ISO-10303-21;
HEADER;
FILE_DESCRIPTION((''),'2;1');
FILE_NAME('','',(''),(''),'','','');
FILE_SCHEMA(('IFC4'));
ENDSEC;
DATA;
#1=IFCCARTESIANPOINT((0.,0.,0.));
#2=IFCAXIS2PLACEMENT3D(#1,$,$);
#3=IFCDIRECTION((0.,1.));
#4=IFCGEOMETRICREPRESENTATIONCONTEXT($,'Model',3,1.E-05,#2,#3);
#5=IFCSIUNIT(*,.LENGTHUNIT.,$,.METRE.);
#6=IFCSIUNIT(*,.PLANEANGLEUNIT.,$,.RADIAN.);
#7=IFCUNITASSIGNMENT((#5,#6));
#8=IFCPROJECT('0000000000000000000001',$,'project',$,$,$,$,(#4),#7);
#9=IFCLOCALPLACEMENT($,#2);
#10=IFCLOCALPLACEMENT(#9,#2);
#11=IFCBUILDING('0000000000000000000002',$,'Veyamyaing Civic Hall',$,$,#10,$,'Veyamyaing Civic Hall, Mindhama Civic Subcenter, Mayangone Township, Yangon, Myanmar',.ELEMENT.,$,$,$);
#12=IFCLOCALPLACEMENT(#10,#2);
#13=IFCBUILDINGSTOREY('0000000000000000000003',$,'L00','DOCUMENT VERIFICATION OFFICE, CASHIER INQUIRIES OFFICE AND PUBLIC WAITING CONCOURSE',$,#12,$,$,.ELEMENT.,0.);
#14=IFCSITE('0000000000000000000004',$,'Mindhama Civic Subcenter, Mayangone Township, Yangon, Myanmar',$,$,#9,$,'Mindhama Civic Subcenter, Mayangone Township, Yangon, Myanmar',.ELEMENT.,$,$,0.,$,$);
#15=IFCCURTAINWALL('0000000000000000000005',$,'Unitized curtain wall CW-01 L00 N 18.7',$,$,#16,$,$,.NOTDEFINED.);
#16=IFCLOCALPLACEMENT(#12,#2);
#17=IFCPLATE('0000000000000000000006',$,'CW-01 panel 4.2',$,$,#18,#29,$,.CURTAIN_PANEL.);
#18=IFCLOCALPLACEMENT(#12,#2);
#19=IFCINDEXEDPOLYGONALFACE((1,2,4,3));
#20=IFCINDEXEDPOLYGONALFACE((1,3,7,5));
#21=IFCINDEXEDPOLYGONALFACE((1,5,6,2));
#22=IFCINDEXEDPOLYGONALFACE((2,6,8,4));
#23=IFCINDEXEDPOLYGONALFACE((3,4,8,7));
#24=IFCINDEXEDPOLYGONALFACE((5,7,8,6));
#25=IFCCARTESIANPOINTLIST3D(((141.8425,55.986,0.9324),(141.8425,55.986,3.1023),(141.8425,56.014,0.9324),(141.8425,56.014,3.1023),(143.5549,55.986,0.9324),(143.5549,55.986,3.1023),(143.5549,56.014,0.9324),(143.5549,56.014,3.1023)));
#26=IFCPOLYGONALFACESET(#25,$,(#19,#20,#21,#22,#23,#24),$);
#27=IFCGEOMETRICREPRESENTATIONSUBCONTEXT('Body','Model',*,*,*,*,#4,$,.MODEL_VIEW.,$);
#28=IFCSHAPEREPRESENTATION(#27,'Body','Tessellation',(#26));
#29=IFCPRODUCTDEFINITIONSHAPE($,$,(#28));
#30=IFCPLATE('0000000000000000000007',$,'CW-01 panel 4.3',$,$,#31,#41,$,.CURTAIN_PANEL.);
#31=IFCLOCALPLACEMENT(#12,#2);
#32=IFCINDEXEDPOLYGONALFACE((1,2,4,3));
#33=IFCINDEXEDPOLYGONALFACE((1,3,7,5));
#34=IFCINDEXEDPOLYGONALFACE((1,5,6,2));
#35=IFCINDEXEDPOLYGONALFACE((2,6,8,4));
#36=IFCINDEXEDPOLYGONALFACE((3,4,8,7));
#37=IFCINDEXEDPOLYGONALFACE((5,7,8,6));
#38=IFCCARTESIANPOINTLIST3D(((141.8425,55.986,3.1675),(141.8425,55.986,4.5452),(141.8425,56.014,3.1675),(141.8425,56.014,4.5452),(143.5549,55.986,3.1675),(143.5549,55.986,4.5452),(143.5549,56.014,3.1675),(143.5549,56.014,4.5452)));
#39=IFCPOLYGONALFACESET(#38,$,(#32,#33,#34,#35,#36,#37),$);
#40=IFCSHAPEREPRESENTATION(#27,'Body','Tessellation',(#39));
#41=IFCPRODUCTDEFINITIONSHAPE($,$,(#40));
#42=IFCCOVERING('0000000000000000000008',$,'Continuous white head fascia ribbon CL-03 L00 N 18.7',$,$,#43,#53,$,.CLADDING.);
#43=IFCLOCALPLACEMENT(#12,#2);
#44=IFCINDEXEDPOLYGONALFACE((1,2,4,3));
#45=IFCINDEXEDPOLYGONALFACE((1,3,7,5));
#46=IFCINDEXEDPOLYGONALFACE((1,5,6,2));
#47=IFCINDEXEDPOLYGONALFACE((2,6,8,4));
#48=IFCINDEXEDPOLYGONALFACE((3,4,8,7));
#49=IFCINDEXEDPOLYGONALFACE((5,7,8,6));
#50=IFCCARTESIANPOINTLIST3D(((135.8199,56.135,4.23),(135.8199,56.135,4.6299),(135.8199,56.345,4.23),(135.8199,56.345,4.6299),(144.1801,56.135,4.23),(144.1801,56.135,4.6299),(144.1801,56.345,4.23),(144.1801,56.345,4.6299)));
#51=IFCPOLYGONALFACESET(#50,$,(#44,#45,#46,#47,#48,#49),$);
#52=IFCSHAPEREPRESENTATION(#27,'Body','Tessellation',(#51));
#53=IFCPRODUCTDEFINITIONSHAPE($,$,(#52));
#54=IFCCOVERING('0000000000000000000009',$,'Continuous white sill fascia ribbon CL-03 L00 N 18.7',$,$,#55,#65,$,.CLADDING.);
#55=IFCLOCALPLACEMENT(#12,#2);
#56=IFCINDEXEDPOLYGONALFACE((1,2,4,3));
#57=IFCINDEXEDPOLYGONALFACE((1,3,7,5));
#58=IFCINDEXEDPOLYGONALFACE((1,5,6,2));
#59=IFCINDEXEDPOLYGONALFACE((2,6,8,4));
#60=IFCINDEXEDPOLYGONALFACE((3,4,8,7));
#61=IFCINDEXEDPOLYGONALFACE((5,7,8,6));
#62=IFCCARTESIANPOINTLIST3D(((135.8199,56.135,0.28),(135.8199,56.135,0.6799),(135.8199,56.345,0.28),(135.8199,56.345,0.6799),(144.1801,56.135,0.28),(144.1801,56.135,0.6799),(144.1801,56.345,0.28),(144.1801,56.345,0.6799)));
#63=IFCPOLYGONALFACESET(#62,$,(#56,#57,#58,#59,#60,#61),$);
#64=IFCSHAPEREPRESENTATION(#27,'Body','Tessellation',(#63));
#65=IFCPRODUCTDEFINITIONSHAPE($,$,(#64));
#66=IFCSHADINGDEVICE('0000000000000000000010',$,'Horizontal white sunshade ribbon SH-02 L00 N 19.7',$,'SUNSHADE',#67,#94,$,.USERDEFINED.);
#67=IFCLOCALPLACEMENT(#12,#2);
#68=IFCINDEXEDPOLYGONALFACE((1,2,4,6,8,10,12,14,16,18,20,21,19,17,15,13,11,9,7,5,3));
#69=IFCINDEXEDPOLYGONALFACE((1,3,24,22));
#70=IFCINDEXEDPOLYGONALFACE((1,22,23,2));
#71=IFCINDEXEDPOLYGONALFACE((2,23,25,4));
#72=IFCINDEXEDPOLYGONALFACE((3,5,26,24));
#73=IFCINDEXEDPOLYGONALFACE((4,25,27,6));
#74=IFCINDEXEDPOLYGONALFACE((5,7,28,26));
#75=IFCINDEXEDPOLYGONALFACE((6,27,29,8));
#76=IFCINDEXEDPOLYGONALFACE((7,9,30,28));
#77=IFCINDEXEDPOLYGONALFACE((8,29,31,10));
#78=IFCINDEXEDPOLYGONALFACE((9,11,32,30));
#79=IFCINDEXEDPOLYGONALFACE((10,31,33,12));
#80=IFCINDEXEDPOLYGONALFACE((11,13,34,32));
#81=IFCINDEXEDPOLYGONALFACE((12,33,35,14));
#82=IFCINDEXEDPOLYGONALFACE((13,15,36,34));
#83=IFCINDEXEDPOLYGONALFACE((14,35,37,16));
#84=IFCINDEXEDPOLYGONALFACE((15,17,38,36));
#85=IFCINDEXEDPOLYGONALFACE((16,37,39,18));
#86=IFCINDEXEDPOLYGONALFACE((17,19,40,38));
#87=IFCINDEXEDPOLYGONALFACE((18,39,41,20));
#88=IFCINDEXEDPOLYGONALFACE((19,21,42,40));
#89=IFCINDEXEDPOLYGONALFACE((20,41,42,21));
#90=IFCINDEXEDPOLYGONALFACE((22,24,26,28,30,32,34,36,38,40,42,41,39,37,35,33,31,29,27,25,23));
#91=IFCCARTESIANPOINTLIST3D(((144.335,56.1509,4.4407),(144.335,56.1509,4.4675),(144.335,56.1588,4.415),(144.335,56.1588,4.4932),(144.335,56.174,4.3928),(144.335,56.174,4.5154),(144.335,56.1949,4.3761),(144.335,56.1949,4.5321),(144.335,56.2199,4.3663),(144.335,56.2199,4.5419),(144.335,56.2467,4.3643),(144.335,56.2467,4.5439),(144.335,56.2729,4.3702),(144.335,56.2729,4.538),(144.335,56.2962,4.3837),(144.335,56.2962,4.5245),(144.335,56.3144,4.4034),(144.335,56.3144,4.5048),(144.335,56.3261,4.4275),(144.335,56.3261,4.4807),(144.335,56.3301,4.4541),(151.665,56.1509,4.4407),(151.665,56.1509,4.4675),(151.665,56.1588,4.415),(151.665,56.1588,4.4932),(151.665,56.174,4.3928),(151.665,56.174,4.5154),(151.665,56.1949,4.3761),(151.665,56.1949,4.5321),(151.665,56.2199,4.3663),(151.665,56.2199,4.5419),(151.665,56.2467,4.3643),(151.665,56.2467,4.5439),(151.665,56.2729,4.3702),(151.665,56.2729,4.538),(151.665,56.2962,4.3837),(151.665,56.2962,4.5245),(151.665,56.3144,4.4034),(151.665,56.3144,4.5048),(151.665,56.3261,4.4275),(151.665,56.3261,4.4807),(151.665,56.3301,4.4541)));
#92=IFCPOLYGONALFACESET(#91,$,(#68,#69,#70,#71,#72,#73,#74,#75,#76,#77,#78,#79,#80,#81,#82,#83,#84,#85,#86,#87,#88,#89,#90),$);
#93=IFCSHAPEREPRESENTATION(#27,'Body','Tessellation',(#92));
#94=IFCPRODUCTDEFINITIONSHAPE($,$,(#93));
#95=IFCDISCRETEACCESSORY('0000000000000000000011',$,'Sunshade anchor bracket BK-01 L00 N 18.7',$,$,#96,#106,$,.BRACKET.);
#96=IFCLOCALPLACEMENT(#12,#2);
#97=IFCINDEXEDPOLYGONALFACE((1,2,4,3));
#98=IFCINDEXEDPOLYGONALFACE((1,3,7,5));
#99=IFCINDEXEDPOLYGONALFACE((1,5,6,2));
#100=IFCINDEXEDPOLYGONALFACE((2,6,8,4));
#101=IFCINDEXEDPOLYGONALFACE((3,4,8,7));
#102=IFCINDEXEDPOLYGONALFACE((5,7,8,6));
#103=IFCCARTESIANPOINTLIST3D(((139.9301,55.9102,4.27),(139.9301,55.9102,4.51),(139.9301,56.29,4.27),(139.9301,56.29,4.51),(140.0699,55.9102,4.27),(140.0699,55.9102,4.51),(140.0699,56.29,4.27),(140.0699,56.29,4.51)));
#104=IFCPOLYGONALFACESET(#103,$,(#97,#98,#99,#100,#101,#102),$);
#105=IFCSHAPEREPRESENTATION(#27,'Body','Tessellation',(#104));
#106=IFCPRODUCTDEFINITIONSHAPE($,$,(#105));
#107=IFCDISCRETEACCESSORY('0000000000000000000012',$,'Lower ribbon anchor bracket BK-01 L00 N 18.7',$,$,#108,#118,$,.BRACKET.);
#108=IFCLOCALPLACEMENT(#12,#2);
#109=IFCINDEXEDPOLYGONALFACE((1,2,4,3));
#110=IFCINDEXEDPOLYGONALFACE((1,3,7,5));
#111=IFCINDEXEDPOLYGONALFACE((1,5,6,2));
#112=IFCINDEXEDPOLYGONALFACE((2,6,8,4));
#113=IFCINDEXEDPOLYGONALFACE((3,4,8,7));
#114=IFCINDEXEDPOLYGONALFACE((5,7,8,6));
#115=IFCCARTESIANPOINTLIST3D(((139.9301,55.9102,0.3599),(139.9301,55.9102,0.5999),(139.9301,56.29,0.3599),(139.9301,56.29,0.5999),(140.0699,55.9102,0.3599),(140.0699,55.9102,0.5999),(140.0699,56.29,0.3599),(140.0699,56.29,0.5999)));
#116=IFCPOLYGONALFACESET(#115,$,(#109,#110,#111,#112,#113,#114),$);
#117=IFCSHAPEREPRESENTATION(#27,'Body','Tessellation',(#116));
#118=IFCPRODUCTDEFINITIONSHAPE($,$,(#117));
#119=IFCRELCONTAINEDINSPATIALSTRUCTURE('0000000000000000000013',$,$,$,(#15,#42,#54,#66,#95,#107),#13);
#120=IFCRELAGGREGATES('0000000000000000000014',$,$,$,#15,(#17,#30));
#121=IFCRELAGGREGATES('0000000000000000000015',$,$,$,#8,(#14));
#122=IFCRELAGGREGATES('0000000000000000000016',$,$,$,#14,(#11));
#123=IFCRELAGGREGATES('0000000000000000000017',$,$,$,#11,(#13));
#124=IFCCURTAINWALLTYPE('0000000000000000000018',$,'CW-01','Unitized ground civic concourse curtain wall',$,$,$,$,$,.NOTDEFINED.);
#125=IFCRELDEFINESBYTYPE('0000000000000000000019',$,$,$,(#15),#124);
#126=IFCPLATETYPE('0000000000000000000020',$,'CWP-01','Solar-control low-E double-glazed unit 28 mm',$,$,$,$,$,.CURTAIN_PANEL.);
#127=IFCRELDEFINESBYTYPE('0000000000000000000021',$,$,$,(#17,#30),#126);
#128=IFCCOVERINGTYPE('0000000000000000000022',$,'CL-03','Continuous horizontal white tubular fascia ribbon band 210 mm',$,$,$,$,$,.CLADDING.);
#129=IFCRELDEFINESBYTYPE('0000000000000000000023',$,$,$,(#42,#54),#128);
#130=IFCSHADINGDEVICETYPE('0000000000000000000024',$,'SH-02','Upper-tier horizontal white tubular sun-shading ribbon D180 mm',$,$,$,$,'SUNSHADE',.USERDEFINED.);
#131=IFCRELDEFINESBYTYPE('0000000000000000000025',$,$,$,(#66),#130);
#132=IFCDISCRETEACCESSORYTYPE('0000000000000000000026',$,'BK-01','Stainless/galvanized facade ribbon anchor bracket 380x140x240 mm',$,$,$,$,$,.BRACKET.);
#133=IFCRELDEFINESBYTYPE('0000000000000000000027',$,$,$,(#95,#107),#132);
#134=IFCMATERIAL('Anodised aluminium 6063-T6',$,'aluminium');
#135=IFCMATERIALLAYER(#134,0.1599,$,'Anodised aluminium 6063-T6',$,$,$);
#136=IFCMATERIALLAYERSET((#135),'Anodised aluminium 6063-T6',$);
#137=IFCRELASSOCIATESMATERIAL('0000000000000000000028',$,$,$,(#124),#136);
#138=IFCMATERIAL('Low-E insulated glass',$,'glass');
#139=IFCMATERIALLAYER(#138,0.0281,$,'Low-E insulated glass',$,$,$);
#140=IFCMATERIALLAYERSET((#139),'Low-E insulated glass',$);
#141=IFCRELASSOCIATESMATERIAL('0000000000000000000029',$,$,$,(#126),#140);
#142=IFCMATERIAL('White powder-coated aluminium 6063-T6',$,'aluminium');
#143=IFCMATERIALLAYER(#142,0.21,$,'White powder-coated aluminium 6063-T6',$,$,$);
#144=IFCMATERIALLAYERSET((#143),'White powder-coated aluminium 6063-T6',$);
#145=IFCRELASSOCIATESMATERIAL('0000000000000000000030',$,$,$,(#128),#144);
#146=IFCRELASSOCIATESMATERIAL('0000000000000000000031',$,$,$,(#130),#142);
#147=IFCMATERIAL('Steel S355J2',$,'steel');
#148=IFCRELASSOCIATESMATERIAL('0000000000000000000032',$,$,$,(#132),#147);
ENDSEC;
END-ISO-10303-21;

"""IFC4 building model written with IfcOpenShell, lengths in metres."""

from ifc_helpers import new_model, si_unit, direction, frame, origin, origin_2d, place, context, subcontext, project, spatial, rectangle, circle, extrude, material, layer, layer_set, material_profile, profile_set, type_object, element, aggregate, save


model = new_model("IFC4")

# Units and contexts
model_context = context("Model", 3, precision=1e-05, world=origin(), true_north=direction((0.0, 1.0)))
body_context = subcontext(model_context, "Body", "Model", "MODEL_VIEW")
ifc_project = project(units=[si_unit("LENGTHUNIT", "METRE"), si_unit("PLANEANGLEUNIT", "RADIAN")], contexts=[model_context])

# Site, building, storey
site_placement = place(None, origin())
site = spatial("IfcSite", under=ifc_project, at=site_placement, Name="Mindhama Civic Subcenter, Mayangone Township, Yangon, Myanmar", LongName="Mindhama Civic Subcenter, Mayangone Township, Yangon, Myanmar", CompositionType="ELEMENT", RefElevation=0.0)
building_placement = place(site_placement, origin())
building = spatial("IfcBuilding", under=site, at=building_placement, Name="Veyamyaing Civic Hall", LongName="Veyamyaing Civic Hall, Mindhama Civic Subcenter, Mayangone Township, Yangon, Myanmar", CompositionType="ELEMENT")
storey_placement = place(building_placement, origin())
storey = spatial("IfcBuildingStorey", under=building, at=storey_placement, Name="L00", Description="DOCUMENT VERIFICATION OFFICE, CASHIER INQUIRIES OFFICE AND PUBLIC WAITING CONCOURSE", CompositionType="ELEMENT", Elevation=0.0)

# Curtain wall, plates
ifc_material_1 = material(Name="Anodised aluminium 6063-T6", Category="aluminium")
ifc_layer_1 = layer(ifc_material_1, 0.1599, Name="Anodised aluminium 6063-T6")
ifc_layer_set_1 = layer_set([ifc_layer_1], Name="Anodised aluminium 6063-T6")
curtain_wall_type = type_object("IfcCurtainWallType", Name="CW-01", Description="Unitized ground civic concourse curtain wall", PredefinedType="NOTDEFINED", material=ifc_layer_set_1)
curtain_wall_placement = place(storey_placement, origin())
curtain_wall = element("IfcCurtainWall", 1, at=curtain_wall_placement, inside=storey, type_object=curtain_wall_type, Name="Unitized curtain wall CW-01 L00 N 18.7", PredefinedType="NOTDEFINED")
ifc_material_2 = material(Name="Low-E insulated glass", Category="glass")
ifc_layer_2 = layer(ifc_material_2, 0.0281, Name="Low-E insulated glass")
ifc_layer_set_2 = layer_set([ifc_layer_2], Name="Low-E insulated glass")
plate_type = type_object("IfcPlateType", Name="CWP-01", Description="Solar-control low-E double-glazed unit 28 mm", PredefinedType="CURTAIN_PANEL", material=ifc_layer_set_2)
plate_1_placement = place(storey_placement, frame((142.6987, 56.0, 0.9324), z_axis=(0.0, 0.0, 1.0), x_axis=(1.0, 0.0, 0.0)))
plate_1 = element("IfcPlate", 2, at=plate_1_placement, type_object=plate_type, Name="CW-01 panel 4.2", PredefinedType="CURTAIN_PANEL", context=body_context, shape_type="SweptSolid", body=[
    extrude(rectangle(XDim=1.7124, YDim=0.0281, at=origin_2d()), origin(), (0.0, 0.0, 1.0), 2.1699),
])
plate_2_placement = place(storey_placement, frame((142.6987, 56.0, 3.1675), z_axis=(0.0, 0.0, 1.0), x_axis=(1.0, 0.0, 0.0)))
plate_2 = element("IfcPlate", 3, at=plate_2_placement, type_object=plate_type, Name="CW-01 panel 4.3", PredefinedType="CURTAIN_PANEL", context=body_context, shape_type="SweptSolid", body=[
    extrude(rectangle(XDim=1.7124, YDim=0.0281, at=origin_2d()), origin(), (0.0, 0.0, 1.0), 1.3777),
])
aggregate(curtain_wall, [plate_1, plate_2])

# Coverings
ifc_material_3 = material(Name="White powder-coated aluminium 6063-T6", Category="aluminium")
ifc_layer_3 = layer(ifc_material_3, 0.21, Name="White powder-coated aluminium 6063-T6")
ifc_layer_set_3 = layer_set([ifc_layer_3], Name="White powder-coated aluminium 6063-T6")
covering_type = type_object("IfcCoveringType", Name="CL-03", Description="Continuous horizontal white tubular fascia ribbon band 210 mm", PredefinedType="CLADDING", material=ifc_layer_set_3)
for number, where, z_axis, x_axis, name in (
    (4, (140.0, 56.24, 4.23), (0.0, 0.0, 1.0), (1.0, 0.0, 0.0), "Continuous white head fascia ribbon CL-03 L00 N 18.7"),
    (5, (140.0, 56.24, 0.28), (0.0, 0.0, 1.0), (1.0, 0.0, 0.0), "Continuous white sill fascia ribbon CL-03 L00 N 18.7"),
):
    element("IfcCovering", number, at=place(storey_placement, frame(where, z_axis=z_axis, x_axis=x_axis)), inside=storey, type_object=covering_type, Name=name, PredefinedType="CLADDING", context=body_context, shape_type="SweptSolid", body=[
        extrude(rectangle(XDim=8.3601, YDim=0.21, at=origin_2d()), origin(), (0.0, 0.0, 1.0), 0.3999),
    ])

# Shading device
ifc_material_profile_1 = material_profile(ifc_material_3, circle(Radius=0.0901, at=origin_2d()), Name="SHADE-TUBE-180")
ifc_profile_set_1 = profile_set([ifc_material_profile_1], Name="White powder-coated aluminium 6063-T6")
shading_device_type = type_object("IfcShadingDeviceType", Name="SH-02", Description="Upper-tier horizontal white tubular sun-shading ribbon D180 mm", ElementType="SUNSHADE", PredefinedType="USERDEFINED", material=ifc_profile_set_1)
shading_device_placement = place(storey_placement, frame((144.335, 56.24, 4.4541), z_axis=(1.0, 0.0, 0.0), x_axis=(0.0, 1.0, 0.0)))
element("IfcShadingDevice", 6, at=shading_device_placement, inside=storey, type_object=shading_device_type, Name="Horizontal white sunshade ribbon SH-02 L00 N 19.7", ObjectType="SUNSHADE", PredefinedType="USERDEFINED", context=body_context, shape_type="SweptSolid", body=[
    extrude(circle(Radius=0.0901, at=origin_2d()), origin(), (0.0, 0.0, 1.0), 7.3301),
])

# Discrete accessories
ifc_material_4 = material(Name="Steel S355J2", Category="steel")
discrete_accessory_type = type_object("IfcDiscreteAccessoryType", Name="BK-01", Description="Stainless/galvanized facade ribbon anchor bracket 380x140x240 mm", PredefinedType="BRACKET", material=ifc_material_4)
for number, where, z_axis, x_axis, name in (
    (7, (140.0, 56.1001, 4.27), (0.0, 0.0, 1.0), (0.0, 1.0, 0.0), "Sunshade anchor bracket BK-01 L00 N 18.7"),
    (8, (140.0, 56.1001, 0.3599), (0.0, 0.0, 1.0), (0.0, 1.0, 0.0), "Lower ribbon anchor bracket BK-01 L00 N 18.7"),
):
    element("IfcDiscreteAccessory", number, at=place(storey_placement, frame(where, z_axis=z_axis, x_axis=x_axis)), inside=storey, type_object=discrete_accessory_type, Name=name, PredefinedType="BRACKET", context=body_context, shape_type="SweptSolid", body=[
        extrude(rectangle(XDim=0.3799, YDim=0.1399, at=origin_2d()), origin(), (0.0, 0.0, 1.0), 0.24),
    ])

save(model, "model.ifc")
